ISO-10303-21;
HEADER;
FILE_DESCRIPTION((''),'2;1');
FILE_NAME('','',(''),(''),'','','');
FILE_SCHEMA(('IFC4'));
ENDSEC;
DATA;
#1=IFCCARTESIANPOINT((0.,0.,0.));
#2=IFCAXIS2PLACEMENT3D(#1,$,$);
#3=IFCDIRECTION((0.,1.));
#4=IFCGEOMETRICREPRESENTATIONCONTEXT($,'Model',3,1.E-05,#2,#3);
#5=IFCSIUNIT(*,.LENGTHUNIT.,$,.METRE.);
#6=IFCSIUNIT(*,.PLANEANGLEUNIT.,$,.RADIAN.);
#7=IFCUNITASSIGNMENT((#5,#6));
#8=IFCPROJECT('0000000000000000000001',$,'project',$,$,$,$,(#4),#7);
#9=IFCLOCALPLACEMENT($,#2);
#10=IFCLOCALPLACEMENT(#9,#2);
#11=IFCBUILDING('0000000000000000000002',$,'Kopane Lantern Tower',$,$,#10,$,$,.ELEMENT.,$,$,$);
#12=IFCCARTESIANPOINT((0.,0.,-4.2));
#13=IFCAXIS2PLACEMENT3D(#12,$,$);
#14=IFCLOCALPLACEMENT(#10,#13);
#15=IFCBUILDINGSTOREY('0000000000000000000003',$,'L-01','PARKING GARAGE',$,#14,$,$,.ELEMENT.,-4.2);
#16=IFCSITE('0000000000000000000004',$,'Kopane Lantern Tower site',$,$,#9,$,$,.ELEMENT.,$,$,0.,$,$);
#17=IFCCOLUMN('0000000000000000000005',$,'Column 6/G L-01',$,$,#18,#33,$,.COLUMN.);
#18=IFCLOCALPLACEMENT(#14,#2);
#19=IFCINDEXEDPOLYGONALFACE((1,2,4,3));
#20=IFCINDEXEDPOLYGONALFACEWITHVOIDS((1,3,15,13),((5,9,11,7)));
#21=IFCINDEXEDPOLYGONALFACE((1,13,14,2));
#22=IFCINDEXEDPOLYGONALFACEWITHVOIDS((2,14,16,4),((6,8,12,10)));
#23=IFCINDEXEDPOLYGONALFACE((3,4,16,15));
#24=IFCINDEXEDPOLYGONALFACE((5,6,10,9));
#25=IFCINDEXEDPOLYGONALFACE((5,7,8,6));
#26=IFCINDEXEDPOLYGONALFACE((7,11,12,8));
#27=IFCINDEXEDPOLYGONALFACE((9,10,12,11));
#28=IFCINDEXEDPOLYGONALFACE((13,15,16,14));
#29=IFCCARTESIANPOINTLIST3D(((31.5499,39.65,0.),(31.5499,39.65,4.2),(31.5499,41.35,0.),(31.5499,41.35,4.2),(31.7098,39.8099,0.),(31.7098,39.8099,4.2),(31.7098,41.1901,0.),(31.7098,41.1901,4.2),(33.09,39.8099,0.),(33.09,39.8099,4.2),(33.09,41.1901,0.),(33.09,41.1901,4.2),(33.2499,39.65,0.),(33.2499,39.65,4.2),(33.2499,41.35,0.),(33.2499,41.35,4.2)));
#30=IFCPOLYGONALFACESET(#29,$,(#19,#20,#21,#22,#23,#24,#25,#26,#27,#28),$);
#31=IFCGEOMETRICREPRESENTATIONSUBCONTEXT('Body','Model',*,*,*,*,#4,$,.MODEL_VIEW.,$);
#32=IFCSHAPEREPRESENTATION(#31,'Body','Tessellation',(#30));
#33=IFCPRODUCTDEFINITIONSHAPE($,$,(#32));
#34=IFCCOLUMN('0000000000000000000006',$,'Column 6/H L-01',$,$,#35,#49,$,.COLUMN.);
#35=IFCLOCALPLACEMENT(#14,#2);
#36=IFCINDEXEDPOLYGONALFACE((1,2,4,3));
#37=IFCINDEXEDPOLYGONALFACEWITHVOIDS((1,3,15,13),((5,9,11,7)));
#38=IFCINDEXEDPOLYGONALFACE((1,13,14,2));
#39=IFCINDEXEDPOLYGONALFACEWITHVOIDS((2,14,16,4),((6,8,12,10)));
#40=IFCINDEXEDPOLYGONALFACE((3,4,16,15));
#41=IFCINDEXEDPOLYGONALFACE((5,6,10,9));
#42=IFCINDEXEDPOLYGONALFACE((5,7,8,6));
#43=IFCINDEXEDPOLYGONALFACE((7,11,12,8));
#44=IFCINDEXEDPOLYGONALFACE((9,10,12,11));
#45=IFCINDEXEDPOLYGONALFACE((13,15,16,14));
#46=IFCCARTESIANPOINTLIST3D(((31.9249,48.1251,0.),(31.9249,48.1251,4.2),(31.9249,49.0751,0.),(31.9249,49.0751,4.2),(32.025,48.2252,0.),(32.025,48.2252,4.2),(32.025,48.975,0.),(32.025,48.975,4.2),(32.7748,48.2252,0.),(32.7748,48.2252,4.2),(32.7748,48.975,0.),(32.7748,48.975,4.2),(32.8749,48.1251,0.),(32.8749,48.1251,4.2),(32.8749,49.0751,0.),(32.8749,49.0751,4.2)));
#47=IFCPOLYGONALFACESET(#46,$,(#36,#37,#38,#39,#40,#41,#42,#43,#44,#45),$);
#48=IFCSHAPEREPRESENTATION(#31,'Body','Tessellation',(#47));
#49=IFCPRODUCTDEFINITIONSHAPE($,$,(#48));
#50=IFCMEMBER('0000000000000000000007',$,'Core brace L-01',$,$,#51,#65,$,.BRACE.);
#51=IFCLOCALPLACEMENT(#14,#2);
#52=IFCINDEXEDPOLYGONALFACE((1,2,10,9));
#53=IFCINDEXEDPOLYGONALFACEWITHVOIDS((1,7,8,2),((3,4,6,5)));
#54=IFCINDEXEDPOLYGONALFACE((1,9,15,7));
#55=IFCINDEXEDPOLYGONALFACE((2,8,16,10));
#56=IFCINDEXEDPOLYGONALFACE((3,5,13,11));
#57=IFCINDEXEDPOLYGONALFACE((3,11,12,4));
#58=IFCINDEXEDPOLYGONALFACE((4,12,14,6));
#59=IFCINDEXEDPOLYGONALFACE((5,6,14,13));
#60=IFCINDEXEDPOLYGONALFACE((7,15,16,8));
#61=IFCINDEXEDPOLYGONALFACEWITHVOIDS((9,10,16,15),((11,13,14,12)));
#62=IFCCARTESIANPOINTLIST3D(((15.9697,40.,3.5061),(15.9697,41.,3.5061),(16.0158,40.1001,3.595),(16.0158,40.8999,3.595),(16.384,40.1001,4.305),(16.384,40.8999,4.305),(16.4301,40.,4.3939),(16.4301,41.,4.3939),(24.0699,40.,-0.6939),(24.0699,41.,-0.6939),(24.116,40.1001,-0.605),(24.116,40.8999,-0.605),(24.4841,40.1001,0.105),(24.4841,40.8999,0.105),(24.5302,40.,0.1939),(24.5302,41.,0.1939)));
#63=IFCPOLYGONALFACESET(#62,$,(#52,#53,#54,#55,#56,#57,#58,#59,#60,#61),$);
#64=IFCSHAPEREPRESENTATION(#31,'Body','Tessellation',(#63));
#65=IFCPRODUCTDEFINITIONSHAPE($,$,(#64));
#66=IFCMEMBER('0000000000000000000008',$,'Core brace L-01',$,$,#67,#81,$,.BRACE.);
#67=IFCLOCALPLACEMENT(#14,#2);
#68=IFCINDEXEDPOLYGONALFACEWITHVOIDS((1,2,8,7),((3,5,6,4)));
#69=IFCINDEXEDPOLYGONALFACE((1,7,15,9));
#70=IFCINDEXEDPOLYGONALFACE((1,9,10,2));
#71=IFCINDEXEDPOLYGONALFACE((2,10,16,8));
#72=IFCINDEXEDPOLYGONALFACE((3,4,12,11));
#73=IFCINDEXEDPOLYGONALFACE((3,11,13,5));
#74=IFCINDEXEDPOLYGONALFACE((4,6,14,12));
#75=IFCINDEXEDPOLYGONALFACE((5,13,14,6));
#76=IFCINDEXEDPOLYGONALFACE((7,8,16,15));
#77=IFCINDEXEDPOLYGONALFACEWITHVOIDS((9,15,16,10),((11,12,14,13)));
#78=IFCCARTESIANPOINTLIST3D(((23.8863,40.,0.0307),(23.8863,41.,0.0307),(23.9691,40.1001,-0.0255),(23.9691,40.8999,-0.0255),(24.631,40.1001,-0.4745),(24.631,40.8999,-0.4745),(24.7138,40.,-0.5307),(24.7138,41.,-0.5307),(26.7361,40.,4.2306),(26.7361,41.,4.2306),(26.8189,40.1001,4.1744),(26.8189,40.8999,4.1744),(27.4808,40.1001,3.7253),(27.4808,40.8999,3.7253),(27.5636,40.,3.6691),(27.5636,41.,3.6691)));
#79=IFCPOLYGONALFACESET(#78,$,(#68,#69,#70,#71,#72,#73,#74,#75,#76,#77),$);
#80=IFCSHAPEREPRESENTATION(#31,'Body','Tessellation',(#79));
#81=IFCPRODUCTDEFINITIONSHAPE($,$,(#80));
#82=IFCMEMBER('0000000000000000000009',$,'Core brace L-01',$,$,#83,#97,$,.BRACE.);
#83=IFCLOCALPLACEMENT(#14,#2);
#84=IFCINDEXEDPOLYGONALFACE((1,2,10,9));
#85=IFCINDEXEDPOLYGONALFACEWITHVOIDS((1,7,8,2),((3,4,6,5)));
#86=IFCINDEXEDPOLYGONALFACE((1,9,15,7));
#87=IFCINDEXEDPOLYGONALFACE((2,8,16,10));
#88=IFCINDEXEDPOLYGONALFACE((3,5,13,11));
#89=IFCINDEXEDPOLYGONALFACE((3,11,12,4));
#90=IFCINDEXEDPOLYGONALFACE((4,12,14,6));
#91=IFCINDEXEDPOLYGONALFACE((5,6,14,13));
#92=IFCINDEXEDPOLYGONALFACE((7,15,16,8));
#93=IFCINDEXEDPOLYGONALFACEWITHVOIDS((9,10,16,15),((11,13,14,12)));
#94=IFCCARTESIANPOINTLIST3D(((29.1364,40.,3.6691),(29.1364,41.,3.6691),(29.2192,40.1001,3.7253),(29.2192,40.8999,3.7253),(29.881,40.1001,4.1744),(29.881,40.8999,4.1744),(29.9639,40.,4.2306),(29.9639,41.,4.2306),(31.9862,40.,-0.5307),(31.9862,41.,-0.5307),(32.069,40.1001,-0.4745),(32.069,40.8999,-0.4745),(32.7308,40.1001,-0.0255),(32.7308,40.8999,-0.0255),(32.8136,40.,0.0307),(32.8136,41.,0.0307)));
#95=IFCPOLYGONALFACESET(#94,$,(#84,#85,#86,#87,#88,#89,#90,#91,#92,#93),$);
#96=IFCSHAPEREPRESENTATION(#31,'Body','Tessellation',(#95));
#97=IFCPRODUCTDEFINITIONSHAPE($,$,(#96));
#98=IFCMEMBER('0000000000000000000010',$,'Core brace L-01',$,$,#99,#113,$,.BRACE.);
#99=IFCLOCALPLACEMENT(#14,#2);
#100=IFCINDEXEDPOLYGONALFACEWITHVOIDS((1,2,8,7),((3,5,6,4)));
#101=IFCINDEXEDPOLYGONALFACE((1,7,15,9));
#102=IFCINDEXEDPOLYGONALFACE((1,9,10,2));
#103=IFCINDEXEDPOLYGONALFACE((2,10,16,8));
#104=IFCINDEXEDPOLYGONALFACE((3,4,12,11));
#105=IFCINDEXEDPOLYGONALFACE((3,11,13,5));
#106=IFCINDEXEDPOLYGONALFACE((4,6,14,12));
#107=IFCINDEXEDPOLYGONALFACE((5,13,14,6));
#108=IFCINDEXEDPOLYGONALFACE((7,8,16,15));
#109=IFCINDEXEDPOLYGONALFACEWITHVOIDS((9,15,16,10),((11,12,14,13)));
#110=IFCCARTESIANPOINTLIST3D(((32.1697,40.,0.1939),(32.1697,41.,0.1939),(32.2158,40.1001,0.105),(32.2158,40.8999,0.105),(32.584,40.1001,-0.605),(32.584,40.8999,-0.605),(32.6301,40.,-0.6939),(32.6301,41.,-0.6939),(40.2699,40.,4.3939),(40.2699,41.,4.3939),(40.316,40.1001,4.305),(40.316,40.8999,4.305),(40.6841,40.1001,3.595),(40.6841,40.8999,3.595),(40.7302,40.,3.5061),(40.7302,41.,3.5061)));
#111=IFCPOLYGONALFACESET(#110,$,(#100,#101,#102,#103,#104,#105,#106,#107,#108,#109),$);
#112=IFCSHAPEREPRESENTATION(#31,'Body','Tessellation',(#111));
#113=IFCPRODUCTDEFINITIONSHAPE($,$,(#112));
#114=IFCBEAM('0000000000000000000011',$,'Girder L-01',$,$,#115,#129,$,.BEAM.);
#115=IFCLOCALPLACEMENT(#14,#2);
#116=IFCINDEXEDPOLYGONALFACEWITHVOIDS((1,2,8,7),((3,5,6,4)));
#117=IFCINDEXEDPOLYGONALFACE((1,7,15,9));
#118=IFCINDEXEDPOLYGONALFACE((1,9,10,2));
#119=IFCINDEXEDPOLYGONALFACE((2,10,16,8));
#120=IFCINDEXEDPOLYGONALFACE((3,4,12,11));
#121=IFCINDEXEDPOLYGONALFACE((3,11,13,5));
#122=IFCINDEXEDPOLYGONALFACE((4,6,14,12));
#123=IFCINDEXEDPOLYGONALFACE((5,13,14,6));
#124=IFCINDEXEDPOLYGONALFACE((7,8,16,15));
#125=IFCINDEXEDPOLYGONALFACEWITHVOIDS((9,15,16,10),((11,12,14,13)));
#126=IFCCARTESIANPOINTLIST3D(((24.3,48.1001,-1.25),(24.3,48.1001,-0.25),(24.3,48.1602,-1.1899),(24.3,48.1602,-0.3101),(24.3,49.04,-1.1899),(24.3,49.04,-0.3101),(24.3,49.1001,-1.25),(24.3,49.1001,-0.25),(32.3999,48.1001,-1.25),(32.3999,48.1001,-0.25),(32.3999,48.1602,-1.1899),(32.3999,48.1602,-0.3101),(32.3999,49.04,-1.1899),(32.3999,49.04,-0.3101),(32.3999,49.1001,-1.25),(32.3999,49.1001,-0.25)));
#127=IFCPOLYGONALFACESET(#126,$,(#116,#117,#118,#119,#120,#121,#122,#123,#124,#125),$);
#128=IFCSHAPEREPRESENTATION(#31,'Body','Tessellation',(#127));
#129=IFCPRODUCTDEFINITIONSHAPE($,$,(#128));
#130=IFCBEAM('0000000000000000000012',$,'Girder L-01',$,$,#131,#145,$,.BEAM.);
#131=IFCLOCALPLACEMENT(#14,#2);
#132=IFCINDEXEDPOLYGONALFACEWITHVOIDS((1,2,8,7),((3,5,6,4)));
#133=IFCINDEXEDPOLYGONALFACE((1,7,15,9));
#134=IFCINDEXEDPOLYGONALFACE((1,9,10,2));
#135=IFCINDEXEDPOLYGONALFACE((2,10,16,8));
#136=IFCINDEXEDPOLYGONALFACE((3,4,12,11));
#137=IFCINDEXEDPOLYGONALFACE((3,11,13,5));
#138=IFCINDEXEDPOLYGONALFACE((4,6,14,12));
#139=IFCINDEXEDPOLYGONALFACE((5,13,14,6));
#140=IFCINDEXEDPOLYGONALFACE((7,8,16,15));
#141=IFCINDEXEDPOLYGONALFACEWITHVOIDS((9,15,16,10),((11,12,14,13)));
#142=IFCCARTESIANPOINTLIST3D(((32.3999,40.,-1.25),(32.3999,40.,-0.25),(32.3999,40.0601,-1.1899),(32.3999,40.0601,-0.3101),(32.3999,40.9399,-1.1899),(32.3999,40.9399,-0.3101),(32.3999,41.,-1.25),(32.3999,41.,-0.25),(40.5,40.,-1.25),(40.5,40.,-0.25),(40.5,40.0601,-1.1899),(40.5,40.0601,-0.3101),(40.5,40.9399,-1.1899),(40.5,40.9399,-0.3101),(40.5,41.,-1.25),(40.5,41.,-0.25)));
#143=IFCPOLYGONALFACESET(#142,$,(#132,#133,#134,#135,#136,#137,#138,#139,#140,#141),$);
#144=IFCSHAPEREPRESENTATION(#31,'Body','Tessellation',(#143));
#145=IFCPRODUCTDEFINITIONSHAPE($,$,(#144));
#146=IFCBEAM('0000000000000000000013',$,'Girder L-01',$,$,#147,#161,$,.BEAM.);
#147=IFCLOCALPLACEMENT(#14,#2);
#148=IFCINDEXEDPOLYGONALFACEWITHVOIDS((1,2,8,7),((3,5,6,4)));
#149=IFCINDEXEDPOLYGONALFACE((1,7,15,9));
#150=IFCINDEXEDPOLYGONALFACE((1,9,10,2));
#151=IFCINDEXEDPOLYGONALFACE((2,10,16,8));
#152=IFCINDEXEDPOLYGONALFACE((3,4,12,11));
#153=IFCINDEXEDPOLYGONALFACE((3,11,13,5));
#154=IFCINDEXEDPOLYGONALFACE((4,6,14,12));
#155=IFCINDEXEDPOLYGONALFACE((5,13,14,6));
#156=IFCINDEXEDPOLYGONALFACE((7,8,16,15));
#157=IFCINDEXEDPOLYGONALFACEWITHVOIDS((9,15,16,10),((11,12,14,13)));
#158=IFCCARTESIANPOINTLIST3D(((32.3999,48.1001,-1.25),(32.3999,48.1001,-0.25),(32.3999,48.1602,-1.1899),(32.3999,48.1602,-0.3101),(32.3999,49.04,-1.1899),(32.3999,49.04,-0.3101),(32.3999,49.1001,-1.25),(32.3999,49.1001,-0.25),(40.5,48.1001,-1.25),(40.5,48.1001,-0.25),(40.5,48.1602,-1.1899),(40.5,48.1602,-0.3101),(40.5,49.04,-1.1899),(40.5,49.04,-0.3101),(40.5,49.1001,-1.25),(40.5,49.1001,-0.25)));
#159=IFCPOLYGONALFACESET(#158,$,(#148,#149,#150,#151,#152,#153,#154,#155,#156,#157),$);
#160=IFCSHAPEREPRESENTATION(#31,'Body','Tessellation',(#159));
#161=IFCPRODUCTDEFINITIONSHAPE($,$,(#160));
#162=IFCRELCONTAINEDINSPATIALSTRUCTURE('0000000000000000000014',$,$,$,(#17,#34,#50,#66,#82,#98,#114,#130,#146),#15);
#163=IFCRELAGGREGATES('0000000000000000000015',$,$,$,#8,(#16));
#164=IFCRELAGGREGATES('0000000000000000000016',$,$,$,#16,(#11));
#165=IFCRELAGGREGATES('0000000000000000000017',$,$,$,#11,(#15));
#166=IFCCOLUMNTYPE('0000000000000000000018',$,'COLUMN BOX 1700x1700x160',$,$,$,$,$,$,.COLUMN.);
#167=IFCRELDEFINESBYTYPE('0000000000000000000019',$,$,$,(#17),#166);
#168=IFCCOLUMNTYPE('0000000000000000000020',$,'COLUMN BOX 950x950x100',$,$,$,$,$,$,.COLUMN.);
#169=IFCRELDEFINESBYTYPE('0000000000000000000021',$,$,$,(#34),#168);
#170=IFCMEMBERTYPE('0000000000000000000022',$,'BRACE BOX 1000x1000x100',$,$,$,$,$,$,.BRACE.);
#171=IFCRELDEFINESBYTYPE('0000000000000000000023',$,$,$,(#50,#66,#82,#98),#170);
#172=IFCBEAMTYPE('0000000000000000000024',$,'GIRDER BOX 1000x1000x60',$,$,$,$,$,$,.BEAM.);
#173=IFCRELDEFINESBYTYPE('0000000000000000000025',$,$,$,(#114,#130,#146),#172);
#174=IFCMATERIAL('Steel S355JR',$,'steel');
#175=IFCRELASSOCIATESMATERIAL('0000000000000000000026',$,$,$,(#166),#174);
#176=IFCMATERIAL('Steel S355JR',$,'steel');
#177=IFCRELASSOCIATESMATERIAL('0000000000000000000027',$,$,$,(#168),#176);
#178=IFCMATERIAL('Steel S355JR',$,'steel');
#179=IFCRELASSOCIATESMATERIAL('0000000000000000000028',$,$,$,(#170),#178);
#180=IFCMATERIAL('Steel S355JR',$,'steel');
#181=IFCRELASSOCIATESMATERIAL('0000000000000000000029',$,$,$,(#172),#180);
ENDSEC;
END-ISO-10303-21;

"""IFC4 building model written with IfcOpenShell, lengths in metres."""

from ifc_helpers import new_model, si_unit, direction, frame, origin, origin_2d, place, context, subcontext, project, spatial, hollow_rectangle, extrude, material, material_profile, profile_set, type_object, element, save


model = new_model("IFC4")

# Units and contexts
model_context = context("Model", 3, precision=1e-05, world=origin(), true_north=direction((0.0, 1.0)))
body_context = subcontext(model_context, "Body", "Model", "MODEL_VIEW")
ifc_project = project(units=[si_unit("LENGTHUNIT", "METRE"), si_unit("PLANEANGLEUNIT", "RADIAN")], contexts=[model_context])

# Site, building, storey
site_placement = place(None, origin())
site = spatial("IfcSite", under=ifc_project, at=site_placement, Name="Kopane Lantern Tower site", CompositionType="ELEMENT", RefElevation=0.0)
building_placement = place(site_placement, origin())
building = spatial("IfcBuilding", under=site, at=building_placement, Name="Kopane Lantern Tower", CompositionType="ELEMENT")
storey_placement = place(building_placement, frame((0.0, 0.0, -4.2)))
storey = spatial("IfcBuildingStorey", under=building, at=storey_placement, Name="L-01", Description="PARKING GARAGE", CompositionType="ELEMENT", Elevation=-4.2)

# Columns
ifc_material_1 = material(Name="Steel S355JR", Category="steel")
ifc_material_profile_1 = material_profile(ifc_material_1, hollow_rectangle(XDim=1.7, YDim=1.7, WallThickness=0.1599, at=origin_2d()), Name="BOX 1700x1700x160")
ifc_profile_set_1 = profile_set([ifc_material_profile_1], Name="Steel S355JR")
column_type_1 = type_object("IfcColumnType", Name="COLUMN BOX 1700x1700x160", PredefinedType="COLUMN", material=ifc_profile_set_1)
column_1_placement = place(storey_placement, frame((32.3999, 40.5, 0.0), z_axis=(0.0, 0.0, 1.0), x_axis=(1.0, 0.0, 0.0)))
element("IfcColumn", 1, at=column_1_placement, inside=storey, type_object=column_type_1, Name="Column 6/G L-01", PredefinedType="COLUMN", context=body_context, shape_type="SweptSolid", body=[
    extrude(hollow_rectangle(XDim=1.7, YDim=1.7, WallThickness=0.1599, at=origin_2d()), origin(), (0.0, 0.0, 1.0), 4.2),
])
ifc_material_2 = material(Name="Steel S355JR", Category="steel")
ifc_material_profile_2 = material_profile(ifc_material_2, hollow_rectangle(XDim=0.95, YDim=0.95, WallThickness=0.1001, at=origin_2d()), Name="BOX 950x950x100")
ifc_profile_set_2 = profile_set([ifc_material_profile_2], Name="Steel S355JR")
column_type_2 = type_object("IfcColumnType", Name="COLUMN BOX 950x950x100", PredefinedType="COLUMN", material=ifc_profile_set_2)
column_2_placement = place(storey_placement, frame((32.3999, 48.6001, 0.0), z_axis=(0.0, 0.0, 1.0), x_axis=(1.0, 0.0, 0.0)))
element("IfcColumn", 2, at=column_2_placement, inside=storey, type_object=column_type_2, Name="Column 6/H L-01", PredefinedType="COLUMN", context=body_context, shape_type="SweptSolid", body=[
    extrude(hollow_rectangle(XDim=0.95, YDim=0.95, WallThickness=0.1001, at=origin_2d()), origin(), (0.0, 0.0, 1.0), 4.2),
])

# Members
ifc_material_3 = material(Name="Steel S355JR", Category="steel")
ifc_material_profile_3 = material_profile(ifc_material_3, hollow_rectangle(XDim=1.0, YDim=1.0, WallThickness=0.1001, at=origin_2d()), Name="BOX 1000x1000x100")
ifc_profile_set_3 = profile_set([ifc_material_profile_3], Name="Steel S355JR")
member_type = type_object("IfcMemberType", Name="BRACE BOX 1000x1000x100", PredefinedType="BRACE", material=ifc_profile_set_3)
member_1_placement = place(storey_placement, frame((24.3, 40.5, -0.25), z_axis=(-0.887759, 0.0, 0.460309), x_axis=(0.0, -1.0, 0.0)))
element("IfcMember", 3, at=member_1_placement, inside=storey, type_object=member_type, Name="Core brace L-01", PredefinedType="BRACE", context=body_context, shape_type="SweptSolid", body=[
    extrude(hollow_rectangle(XDim=1.0, YDim=1.0, WallThickness=0.1001, at=origin_2d()), origin(), (0.0, 0.0, 1.0), 9.1243),
])
for number, where, z_axis, x_axis, name in (
    (4, (24.3, 40.5, -0.25), (0.561486, 0.0, 0.827486), (0.0, 1.0, 0.0), "Core brace L-01"),
    (5, (32.3999, 40.5, -0.25), (-0.561486, 0.0, 0.827486), (0.0, -1.0, 0.0), "Core brace L-01"),
):
    element("IfcMember", number, at=place(storey_placement, frame(where, z_axis=z_axis, x_axis=x_axis)), inside=storey, type_object=member_type, Name=name, PredefinedType="BRACE", context=body_context, shape_type="SweptSolid", body=[
        extrude(hollow_rectangle(XDim=1.0, YDim=1.0, WallThickness=0.1001, at=origin_2d()), origin(), (0.0, 0.0, 1.0), 5.0754),
    ])
member_2_placement = place(storey_placement, frame((32.3999, 40.5, -0.25), z_axis=(0.887759, 0.0, 0.460309), x_axis=(0.0, 1.0, 0.0)))
element("IfcMember", 6, at=member_2_placement, inside=storey, type_object=member_type, Name="Core brace L-01", PredefinedType="BRACE", context=body_context, shape_type="SweptSolid", body=[
    extrude(hollow_rectangle(XDim=1.0, YDim=1.0, WallThickness=0.1001, at=origin_2d()), origin(), (0.0, 0.0, 1.0), 9.1243),
])

# Beams
ifc_material_4 = material(Name="Steel S355JR", Category="steel")
ifc_material_profile_4 = material_profile(ifc_material_4, hollow_rectangle(XDim=1.0, YDim=1.0, WallThickness=0.0601, at=origin_2d()), Name="BOX 1000x1000x60")
ifc_profile_set_4 = profile_set([ifc_material_profile_4], Name="Steel S355JR")
beam_type_1 = type_object("IfcBeamType", Name="GIRDER BOX 1000x1000x60", PredefinedType="BEAM", material=ifc_profile_set_4)
beam_1_placement = place(storey_placement, frame((24.3, 48.6001, -0.75), z_axis=(1.0, 0.0, 0.0), x_axis=(0.0, 1.0, 0.0)))
element("IfcBeam", 7, at=beam_1_placement, inside=storey, type_object=beam_type_1, Name="Girder L-01", PredefinedType="BEAM", context=body_context, shape_type="SweptSolid", body=[
    extrude(hollow_rectangle(XDim=1.0, YDim=1.0, WallThickness=0.0601, at=origin_2d()), origin(), (0.0, 0.0, 1.0), 8.0999),
])
for number, where, z_axis, x_axis, name in (
    (8, (32.3999, 40.5, -0.75), (1.0, 0.0, 0.0), (0.0, 1.0, 0.0), "Girder L-01"),
    (9, (32.3999, 48.6001, -0.75), (1.0, 0.0, 0.0), (0.0, 1.0, 0.0), "Girder L-01"),
):
    element("IfcBeam", number, at=place(storey_placement, frame(where, z_axis=z_axis, x_axis=x_axis)), inside=storey, type_object=beam_type_1, Name=name, PredefinedType="BEAM", context=body_context, shape_type="SweptSolid", body=[
        extrude(hollow_rectangle(XDim=1.0, YDim=1.0, WallThickness=0.0601, at=origin_2d()), origin(), (0.0, 0.0, 1.0), 8.1001),
    ])

save(model, "model.ifc")
